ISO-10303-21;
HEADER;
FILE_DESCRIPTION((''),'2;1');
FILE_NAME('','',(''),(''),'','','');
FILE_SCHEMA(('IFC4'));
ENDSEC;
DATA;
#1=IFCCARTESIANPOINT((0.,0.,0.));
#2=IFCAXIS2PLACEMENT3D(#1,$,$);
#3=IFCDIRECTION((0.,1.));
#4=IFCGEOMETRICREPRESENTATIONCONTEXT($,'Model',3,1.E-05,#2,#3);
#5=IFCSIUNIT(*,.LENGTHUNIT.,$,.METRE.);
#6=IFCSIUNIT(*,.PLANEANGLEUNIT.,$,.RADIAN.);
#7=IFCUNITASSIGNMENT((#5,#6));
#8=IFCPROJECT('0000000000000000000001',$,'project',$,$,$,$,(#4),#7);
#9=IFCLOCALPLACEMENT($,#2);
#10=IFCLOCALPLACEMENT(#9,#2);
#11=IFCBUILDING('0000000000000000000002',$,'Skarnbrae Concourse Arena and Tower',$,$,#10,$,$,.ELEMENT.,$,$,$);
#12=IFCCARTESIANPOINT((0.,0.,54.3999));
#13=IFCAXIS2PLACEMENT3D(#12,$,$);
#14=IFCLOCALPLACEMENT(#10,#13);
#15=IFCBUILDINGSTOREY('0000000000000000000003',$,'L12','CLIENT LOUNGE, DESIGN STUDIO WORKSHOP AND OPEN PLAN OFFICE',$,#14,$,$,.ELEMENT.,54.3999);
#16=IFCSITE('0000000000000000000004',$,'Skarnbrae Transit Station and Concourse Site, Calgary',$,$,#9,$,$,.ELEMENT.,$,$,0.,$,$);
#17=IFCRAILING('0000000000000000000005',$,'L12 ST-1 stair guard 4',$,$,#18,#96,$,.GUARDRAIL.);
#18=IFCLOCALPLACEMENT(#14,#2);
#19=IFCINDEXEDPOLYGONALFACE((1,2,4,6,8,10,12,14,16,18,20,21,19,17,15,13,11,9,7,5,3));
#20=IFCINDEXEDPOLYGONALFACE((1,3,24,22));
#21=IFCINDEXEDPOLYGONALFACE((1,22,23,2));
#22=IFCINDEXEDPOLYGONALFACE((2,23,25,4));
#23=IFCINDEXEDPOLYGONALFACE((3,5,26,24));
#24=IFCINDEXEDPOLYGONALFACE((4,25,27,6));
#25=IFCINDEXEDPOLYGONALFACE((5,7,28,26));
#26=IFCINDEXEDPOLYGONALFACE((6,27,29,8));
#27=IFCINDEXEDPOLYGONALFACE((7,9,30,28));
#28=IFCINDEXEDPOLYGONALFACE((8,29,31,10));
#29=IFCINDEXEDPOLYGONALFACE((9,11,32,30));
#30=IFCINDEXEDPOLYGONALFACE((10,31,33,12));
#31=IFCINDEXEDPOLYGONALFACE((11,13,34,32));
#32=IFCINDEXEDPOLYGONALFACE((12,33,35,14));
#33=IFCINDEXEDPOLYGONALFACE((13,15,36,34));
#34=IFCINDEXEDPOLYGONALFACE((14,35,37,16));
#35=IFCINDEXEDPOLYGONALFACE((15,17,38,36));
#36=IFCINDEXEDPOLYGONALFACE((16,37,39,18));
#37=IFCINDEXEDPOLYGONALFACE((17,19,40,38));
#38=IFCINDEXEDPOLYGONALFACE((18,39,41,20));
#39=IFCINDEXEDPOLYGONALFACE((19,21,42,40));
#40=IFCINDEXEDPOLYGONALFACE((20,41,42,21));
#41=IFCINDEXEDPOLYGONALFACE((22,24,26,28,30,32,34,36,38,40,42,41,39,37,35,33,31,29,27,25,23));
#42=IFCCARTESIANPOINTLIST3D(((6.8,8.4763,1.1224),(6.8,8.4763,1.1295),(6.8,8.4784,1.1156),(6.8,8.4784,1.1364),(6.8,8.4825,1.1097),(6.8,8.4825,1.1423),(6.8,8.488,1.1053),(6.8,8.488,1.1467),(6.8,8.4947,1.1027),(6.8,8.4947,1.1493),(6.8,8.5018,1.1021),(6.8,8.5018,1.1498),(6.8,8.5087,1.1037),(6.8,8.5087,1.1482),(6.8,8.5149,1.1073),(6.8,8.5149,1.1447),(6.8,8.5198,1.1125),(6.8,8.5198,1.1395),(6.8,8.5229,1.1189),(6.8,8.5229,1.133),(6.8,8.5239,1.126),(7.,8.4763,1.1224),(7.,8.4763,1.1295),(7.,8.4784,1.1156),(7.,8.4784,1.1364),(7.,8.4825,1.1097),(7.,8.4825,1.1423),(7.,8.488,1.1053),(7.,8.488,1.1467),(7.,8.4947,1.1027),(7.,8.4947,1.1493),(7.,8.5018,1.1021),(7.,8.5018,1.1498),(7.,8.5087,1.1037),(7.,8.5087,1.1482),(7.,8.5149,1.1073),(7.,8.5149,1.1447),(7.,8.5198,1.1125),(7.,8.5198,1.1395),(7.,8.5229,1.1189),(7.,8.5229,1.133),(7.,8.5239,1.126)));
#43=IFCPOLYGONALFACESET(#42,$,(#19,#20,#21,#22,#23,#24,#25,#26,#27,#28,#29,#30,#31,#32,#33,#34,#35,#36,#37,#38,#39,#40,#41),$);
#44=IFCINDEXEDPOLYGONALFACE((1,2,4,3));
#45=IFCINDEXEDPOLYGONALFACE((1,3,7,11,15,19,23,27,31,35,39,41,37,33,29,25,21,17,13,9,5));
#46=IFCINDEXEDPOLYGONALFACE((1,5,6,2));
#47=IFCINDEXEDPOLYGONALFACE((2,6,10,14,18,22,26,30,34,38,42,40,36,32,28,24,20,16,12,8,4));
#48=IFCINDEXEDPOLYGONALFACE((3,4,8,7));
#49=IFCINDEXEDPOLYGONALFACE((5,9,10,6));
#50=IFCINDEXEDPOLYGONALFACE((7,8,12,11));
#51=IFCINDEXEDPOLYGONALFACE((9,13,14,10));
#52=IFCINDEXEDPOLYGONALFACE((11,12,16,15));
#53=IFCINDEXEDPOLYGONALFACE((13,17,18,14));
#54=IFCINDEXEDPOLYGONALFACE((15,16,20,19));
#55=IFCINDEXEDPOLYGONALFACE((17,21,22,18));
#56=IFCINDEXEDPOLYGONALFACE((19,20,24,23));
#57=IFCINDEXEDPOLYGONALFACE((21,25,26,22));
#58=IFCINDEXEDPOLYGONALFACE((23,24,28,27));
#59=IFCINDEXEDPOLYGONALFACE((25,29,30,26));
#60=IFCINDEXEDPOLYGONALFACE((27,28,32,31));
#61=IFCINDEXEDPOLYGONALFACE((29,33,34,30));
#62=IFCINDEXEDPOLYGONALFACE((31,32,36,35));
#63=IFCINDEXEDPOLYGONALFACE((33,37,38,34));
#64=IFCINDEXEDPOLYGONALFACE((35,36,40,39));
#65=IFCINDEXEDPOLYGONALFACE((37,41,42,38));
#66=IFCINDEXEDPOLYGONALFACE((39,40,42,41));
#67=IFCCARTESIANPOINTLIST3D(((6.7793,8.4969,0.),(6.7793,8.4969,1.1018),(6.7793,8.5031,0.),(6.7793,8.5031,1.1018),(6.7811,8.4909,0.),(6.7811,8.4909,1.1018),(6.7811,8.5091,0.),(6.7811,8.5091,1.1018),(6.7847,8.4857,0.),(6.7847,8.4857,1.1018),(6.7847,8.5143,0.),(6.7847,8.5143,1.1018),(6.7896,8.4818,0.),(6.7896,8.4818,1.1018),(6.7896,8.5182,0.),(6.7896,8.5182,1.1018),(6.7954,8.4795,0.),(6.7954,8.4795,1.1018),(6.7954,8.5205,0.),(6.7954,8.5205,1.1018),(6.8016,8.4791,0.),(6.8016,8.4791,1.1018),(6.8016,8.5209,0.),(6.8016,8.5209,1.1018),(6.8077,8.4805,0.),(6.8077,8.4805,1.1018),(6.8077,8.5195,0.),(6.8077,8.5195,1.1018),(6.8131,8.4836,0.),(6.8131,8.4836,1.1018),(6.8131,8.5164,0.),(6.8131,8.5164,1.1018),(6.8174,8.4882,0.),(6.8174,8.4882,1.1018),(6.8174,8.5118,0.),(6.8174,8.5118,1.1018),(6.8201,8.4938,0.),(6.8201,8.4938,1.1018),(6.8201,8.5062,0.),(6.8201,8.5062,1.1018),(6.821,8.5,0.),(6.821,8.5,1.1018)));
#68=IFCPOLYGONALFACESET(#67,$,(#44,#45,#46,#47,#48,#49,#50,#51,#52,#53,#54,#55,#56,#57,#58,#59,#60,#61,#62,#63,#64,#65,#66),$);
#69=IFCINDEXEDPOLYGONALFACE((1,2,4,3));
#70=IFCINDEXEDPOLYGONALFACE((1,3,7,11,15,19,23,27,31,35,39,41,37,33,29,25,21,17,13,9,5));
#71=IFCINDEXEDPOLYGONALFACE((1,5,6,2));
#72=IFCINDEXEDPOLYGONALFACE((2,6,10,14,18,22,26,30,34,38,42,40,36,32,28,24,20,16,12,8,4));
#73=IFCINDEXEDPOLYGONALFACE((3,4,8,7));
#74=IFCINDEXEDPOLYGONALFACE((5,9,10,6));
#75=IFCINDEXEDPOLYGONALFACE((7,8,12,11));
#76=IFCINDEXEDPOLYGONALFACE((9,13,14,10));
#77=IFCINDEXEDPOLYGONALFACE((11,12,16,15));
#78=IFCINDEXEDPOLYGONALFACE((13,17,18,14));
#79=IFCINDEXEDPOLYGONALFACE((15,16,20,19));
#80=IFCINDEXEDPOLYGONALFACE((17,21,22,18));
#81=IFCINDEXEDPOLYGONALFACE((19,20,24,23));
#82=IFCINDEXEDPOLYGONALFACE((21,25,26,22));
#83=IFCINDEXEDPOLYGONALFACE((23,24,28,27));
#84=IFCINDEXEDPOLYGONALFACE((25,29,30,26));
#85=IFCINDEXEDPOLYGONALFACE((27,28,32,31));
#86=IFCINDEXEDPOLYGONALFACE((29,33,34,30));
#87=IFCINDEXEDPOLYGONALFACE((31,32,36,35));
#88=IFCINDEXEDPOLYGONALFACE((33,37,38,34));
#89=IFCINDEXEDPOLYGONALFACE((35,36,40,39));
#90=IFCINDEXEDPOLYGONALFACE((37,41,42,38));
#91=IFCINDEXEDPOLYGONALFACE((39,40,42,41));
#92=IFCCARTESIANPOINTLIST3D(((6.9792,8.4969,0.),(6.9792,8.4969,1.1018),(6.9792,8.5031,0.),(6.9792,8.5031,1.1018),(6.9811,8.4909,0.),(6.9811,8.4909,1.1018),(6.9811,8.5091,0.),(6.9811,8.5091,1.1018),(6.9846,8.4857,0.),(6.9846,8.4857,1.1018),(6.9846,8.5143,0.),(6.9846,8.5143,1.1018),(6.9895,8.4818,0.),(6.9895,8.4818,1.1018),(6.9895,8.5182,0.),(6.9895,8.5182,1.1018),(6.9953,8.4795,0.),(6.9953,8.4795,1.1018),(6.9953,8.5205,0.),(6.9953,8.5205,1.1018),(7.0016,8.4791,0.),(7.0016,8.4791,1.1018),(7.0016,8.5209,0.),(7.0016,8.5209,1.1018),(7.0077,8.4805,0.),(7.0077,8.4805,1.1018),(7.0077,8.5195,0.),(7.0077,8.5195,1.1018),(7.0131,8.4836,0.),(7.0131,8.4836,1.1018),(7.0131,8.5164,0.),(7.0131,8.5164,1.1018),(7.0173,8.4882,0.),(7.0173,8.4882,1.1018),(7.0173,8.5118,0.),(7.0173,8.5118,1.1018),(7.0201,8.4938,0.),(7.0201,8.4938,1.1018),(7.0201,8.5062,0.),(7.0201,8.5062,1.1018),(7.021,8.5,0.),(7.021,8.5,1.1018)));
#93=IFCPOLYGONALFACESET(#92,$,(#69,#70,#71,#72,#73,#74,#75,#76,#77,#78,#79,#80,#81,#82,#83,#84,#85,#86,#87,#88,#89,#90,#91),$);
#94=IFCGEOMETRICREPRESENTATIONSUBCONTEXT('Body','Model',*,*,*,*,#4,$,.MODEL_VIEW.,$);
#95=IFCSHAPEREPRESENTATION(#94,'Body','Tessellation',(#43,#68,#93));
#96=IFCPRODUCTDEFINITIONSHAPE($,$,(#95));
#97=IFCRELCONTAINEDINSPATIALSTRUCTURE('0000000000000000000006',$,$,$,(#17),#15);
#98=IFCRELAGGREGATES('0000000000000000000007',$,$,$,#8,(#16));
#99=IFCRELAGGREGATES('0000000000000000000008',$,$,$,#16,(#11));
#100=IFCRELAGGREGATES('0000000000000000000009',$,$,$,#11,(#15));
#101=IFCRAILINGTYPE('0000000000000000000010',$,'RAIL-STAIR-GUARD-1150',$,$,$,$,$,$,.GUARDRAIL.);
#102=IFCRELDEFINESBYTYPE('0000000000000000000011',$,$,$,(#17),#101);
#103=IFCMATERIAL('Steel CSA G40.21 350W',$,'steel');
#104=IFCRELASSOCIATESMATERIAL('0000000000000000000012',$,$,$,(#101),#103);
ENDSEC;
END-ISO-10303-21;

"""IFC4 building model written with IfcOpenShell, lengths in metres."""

from ifc_helpers import new_model, si_unit, direction, frame, origin, origin_2d, place, context, subcontext, project, spatial, circle, extrude, material, type_object, element, save


model = new_model("IFC4")

# Units and contexts
model_context = context("Model", 3, precision=1e-05, world=origin(), true_north=direction((0.0, 1.0)))
body_context = subcontext(model_context, "Body", "Model", "MODEL_VIEW")
ifc_project = project(units=[si_unit("LENGTHUNIT", "METRE"), si_unit("PLANEANGLEUNIT", "RADIAN")], contexts=[model_context])

# Site, building, storey
site_placement = place(None, origin())
site = spatial("IfcSite", under=ifc_project, at=site_placement, Name="Skarnbrae Transit Station and Concourse Site, Calgary", CompositionType="ELEMENT", RefElevation=0.0)
building_placement = place(site_placement, origin())
building = spatial("IfcBuilding", under=site, at=building_placement, Name="Skarnbrae Concourse Arena and Tower", CompositionType="ELEMENT")
storey_placement = place(building_placement, frame((0.0, 0.0, 54.3999)))
storey = spatial("IfcBuildingStorey", under=building, at=storey_placement, Name="L12", Description="CLIENT LOUNGE, DESIGN STUDIO WORKSHOP AND OPEN PLAN OFFICE", CompositionType="ELEMENT", Elevation=54.3999)

# Shared definitions
ifc_material_1 = material(Name="Steel CSA G40.21 350W", Category="steel")

# Railing
railing_type_1 = type_object("IfcRailingType", Name="RAIL-STAIR-GUARD-1150", PredefinedType="GUARDRAIL", material=ifc_material_1)
railing_1_placement = place(storey_placement, frame((6.8, 8.5, 0.0)))
element("IfcRailing", 1, at=railing_1_placement, inside=storey, type_object=railing_type_1, Name="L12 ST-1 stair guard 4", PredefinedType="GUARDRAIL", context=body_context, shape_type="SweptSolid", body=[
    extrude(circle(Radius=0.0239, at=origin_2d()), frame((0.0, 0.0, 1.126), z_axis=(1.0, 0.0, 0.0), x_axis=(0.0, 1.0, 0.0)), (0.0, 0.0, 1.0), 0.2),
    extrude(circle(Radius=0.021, at=origin_2d()), origin(), (0.0, 0.0, 1.0), 1.1018),
    extrude(circle(Radius=0.021, at=origin_2d()), frame((0.2, 0.0, 0.0)), (0.0, 0.0, 1.0), 1.1018),
])

save(model, "model.ifc")
